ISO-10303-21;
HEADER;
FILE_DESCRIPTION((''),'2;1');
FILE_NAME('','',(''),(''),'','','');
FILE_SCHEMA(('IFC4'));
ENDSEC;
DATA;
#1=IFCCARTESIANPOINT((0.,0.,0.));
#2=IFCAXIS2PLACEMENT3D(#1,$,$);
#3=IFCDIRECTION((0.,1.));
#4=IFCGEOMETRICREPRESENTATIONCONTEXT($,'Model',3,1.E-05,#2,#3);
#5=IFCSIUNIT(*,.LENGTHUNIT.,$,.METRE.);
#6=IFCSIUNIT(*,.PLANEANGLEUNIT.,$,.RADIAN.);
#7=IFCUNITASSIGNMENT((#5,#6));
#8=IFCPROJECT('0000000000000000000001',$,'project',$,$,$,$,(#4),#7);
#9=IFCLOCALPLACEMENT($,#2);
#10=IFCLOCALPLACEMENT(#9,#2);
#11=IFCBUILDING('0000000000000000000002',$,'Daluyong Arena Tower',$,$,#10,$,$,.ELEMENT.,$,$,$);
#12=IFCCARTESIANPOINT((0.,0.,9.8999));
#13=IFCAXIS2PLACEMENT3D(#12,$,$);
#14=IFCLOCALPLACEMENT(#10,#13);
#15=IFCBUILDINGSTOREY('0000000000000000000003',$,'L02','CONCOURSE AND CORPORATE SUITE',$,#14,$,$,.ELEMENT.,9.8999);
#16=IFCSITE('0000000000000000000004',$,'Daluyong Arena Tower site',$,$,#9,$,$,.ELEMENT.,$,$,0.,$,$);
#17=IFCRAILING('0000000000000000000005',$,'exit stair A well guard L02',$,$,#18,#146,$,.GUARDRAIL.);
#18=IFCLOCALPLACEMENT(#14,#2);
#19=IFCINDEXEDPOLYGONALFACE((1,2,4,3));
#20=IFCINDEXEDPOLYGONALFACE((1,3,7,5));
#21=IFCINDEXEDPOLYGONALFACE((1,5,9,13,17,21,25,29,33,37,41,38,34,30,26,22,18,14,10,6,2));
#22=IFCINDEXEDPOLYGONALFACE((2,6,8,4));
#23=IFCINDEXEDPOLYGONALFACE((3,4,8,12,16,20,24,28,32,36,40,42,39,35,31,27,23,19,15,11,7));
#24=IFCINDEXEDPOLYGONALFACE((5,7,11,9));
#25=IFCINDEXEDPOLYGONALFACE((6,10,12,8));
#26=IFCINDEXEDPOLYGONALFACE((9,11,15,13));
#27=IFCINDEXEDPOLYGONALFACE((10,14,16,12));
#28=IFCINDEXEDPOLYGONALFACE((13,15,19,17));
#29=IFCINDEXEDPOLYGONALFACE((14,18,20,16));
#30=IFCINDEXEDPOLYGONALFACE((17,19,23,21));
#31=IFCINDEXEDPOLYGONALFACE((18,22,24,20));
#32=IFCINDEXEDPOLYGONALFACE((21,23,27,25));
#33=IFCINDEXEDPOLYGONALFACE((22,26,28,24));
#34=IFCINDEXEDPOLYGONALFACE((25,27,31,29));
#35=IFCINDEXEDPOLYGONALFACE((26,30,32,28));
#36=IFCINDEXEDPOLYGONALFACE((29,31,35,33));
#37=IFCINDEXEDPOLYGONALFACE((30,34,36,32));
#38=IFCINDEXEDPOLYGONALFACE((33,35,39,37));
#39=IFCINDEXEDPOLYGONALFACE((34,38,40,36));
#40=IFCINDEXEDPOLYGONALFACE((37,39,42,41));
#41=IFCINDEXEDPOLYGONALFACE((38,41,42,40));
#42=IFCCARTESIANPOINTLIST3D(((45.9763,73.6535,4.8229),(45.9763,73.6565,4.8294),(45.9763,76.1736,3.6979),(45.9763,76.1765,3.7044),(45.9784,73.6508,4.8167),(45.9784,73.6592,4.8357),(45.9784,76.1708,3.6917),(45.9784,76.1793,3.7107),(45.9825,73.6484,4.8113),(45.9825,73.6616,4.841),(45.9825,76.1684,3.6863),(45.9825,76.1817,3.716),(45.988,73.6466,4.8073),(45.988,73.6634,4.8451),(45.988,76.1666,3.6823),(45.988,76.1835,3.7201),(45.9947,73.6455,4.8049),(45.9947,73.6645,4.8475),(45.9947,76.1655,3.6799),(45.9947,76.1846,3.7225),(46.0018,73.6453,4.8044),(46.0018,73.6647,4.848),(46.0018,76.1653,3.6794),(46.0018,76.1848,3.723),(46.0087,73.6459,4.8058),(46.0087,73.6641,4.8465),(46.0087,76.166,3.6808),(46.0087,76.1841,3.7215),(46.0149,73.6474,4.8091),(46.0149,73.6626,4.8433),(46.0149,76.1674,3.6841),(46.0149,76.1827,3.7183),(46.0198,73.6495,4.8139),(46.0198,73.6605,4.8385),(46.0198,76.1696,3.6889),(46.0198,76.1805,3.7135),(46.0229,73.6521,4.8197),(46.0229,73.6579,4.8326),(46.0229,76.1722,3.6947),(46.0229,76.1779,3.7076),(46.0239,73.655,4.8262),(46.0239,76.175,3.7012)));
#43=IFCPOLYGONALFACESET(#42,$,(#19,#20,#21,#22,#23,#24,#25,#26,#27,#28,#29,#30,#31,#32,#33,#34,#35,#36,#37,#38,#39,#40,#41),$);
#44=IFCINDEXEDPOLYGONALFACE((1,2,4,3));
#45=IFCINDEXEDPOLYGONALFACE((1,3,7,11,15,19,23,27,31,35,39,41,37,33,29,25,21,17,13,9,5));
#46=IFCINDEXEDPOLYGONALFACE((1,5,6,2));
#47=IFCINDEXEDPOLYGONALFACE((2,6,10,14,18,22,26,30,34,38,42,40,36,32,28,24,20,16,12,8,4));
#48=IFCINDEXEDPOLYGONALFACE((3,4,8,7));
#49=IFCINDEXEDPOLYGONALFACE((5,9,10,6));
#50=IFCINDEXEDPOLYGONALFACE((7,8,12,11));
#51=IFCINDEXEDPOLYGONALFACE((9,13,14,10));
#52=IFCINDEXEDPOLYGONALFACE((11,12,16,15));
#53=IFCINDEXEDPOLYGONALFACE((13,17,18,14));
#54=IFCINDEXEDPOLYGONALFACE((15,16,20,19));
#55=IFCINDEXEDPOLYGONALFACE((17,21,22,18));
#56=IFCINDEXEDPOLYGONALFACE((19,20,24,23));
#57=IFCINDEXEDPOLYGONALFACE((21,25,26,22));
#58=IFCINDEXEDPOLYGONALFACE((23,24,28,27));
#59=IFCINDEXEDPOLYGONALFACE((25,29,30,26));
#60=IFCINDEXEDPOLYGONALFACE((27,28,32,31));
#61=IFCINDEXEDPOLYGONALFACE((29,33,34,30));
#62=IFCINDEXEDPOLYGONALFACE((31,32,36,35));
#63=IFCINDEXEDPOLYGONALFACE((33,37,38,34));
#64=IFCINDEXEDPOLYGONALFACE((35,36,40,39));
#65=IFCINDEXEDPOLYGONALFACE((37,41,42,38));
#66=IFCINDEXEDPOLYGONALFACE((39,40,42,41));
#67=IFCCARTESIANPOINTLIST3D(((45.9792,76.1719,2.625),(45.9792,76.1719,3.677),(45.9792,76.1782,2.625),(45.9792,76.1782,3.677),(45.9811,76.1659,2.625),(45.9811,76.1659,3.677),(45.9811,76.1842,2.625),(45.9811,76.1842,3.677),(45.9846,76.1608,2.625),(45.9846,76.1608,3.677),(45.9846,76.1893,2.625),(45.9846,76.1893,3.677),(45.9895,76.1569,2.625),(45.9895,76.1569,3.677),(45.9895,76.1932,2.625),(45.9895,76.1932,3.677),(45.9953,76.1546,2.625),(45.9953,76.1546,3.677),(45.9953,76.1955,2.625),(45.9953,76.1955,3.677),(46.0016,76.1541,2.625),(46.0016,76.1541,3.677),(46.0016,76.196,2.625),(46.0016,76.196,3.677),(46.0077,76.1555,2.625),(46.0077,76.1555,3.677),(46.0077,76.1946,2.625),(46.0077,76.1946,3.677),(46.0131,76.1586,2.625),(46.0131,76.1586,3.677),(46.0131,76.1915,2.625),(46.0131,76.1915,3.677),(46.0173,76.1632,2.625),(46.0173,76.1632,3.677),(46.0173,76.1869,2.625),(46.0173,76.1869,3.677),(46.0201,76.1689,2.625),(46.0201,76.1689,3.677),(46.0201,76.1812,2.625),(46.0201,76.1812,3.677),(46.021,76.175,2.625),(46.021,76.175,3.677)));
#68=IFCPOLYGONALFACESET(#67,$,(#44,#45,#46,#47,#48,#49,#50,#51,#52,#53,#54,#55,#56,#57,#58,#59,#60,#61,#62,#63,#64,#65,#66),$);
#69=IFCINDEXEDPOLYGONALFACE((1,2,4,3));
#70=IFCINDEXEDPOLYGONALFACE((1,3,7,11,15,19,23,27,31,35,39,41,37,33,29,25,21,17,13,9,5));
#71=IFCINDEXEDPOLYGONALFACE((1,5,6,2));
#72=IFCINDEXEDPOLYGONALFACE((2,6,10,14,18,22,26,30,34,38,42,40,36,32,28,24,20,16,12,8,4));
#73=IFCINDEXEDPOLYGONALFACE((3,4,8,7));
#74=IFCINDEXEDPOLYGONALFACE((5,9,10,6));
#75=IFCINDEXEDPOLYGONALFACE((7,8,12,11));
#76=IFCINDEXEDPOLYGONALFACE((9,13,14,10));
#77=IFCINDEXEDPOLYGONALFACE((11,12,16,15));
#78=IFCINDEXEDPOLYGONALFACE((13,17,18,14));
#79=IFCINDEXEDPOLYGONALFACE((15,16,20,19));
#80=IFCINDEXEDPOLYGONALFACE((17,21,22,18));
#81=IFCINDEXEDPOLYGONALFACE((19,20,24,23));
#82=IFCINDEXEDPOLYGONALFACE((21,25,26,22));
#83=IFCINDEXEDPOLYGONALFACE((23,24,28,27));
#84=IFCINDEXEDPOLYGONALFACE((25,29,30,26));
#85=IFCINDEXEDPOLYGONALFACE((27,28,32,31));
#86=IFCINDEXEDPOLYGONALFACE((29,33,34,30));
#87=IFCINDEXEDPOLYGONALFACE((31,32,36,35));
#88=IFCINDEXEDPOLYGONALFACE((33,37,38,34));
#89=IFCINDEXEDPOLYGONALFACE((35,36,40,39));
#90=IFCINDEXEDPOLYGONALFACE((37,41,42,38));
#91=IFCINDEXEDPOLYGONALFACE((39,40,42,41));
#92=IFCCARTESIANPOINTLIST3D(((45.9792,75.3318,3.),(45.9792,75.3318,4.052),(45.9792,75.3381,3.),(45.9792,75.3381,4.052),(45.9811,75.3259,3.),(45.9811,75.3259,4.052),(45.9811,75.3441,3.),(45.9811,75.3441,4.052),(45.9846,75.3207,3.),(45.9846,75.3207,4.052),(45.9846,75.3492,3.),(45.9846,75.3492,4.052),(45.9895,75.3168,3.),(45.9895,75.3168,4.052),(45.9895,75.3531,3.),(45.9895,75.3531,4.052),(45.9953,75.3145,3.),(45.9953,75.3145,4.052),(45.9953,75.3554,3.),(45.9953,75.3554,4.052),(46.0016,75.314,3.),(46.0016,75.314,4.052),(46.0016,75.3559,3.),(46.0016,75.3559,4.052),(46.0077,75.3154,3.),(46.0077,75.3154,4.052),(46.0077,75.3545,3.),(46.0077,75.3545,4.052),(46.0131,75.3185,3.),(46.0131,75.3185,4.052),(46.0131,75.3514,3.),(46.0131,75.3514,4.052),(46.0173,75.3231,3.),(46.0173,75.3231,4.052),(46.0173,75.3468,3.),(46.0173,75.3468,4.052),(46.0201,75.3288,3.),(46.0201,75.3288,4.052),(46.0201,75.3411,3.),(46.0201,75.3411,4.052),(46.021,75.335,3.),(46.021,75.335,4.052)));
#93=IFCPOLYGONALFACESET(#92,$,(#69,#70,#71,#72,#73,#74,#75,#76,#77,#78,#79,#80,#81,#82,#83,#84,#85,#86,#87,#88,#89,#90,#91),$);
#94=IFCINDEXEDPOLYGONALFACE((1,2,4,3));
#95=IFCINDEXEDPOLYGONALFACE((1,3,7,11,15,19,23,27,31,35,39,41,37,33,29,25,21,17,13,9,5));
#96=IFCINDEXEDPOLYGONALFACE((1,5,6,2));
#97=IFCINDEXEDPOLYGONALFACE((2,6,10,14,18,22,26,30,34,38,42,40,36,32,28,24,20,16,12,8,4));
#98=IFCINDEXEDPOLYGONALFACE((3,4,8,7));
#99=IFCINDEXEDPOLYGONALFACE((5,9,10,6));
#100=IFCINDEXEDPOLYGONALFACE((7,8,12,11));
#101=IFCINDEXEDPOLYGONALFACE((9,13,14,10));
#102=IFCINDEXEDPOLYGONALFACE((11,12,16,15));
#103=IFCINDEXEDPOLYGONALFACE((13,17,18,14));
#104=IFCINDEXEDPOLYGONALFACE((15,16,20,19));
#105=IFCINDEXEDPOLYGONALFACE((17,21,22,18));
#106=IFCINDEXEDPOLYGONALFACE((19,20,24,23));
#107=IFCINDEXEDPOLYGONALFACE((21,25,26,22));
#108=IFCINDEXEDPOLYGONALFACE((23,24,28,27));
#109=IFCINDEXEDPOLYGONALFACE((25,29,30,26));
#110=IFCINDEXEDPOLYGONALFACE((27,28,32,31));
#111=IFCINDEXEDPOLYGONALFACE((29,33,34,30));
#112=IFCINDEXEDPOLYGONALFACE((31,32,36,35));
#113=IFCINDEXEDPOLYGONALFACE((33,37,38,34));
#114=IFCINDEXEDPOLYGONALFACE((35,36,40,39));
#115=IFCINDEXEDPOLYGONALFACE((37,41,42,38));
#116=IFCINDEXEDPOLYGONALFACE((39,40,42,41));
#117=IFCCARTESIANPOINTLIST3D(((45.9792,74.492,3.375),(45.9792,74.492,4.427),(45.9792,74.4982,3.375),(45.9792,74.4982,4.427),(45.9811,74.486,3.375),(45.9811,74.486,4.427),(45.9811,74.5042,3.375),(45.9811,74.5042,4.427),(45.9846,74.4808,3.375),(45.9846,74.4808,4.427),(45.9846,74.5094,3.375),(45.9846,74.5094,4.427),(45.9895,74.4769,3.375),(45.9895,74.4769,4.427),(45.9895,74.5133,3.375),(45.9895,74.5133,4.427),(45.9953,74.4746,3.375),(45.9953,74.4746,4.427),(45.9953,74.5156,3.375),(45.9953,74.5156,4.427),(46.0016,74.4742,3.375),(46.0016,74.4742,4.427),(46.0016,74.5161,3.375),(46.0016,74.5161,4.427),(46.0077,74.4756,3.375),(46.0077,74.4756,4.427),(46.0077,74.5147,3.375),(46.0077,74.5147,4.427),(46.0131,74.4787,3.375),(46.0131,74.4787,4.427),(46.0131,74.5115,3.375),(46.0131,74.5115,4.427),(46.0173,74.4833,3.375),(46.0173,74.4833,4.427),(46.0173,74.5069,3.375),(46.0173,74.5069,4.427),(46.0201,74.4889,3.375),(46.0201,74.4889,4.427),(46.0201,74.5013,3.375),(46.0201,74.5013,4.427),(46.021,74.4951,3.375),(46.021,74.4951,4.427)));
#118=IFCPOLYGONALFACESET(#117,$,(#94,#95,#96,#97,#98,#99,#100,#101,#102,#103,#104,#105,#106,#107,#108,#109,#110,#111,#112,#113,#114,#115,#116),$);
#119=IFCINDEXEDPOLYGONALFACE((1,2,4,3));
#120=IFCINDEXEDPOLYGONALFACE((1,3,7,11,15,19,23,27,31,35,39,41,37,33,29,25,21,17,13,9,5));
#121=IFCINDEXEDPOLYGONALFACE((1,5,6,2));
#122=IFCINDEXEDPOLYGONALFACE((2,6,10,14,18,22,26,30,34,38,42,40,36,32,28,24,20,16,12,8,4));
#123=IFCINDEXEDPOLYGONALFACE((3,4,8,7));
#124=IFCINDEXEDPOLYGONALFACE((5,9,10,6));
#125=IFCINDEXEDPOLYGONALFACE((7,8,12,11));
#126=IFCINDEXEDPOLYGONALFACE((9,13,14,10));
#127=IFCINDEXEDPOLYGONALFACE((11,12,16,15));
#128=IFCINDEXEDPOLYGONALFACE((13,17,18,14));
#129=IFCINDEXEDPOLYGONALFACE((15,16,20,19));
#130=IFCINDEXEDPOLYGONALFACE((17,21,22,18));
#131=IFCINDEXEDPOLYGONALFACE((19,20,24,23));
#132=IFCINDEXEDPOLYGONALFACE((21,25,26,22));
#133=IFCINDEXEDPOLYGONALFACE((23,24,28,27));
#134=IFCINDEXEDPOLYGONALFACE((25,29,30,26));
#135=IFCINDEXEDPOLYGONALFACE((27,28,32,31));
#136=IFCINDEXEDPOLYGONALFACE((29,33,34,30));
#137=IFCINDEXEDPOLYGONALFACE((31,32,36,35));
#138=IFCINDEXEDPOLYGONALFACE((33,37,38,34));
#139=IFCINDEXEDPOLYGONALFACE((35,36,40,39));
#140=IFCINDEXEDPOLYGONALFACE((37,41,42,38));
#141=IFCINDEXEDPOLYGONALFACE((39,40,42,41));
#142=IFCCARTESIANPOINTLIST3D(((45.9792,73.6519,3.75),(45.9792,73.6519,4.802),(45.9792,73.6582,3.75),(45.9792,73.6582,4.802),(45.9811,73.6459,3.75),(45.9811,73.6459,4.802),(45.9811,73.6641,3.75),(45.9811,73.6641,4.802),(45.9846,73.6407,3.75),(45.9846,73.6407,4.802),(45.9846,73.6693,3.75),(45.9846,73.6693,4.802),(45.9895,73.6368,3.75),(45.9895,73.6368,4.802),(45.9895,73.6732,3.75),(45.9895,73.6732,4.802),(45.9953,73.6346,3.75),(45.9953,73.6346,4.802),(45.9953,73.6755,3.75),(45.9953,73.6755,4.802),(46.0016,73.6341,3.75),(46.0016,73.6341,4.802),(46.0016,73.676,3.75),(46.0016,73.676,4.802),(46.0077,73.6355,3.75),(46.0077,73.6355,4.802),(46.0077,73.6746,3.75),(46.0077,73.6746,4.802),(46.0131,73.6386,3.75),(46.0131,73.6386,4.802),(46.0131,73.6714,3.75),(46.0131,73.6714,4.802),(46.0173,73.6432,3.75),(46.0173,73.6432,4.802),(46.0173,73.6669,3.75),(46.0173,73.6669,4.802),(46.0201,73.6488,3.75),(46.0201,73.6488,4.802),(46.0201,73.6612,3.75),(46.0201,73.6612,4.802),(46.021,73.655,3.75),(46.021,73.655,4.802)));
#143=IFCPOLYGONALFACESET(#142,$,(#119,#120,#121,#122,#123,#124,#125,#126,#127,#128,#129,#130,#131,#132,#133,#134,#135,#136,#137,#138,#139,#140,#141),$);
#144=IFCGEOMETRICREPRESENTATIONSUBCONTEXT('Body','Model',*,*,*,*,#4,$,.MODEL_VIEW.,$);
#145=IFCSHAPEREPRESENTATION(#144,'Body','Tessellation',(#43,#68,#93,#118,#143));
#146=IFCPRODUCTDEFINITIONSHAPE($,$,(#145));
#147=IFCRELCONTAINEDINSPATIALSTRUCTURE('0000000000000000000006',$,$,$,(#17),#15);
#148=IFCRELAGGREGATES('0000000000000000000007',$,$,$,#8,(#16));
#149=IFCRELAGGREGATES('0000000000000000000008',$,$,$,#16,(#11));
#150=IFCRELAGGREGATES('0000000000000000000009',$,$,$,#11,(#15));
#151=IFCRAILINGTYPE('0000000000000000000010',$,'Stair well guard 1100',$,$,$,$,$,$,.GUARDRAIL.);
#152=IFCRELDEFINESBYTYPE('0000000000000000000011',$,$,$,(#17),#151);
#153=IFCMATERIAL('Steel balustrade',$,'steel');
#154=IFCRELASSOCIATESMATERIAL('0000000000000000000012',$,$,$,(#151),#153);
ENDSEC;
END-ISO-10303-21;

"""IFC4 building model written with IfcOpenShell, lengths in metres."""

from ifc_helpers import new_model, si_unit, direction, frame, origin, origin_2d, place, context, subcontext, project, spatial, circle, extrude, material, type_object, element, save


model = new_model("IFC4")

# Units and contexts
model_context = context("Model", 3, precision=1e-05, world=origin(), true_north=direction((0.0, 1.0)))
body_context = subcontext(model_context, "Body", "Model", "MODEL_VIEW")
ifc_project = project(units=[si_unit("LENGTHUNIT", "METRE"), si_unit("PLANEANGLEUNIT", "RADIAN")], contexts=[model_context])

# Site, building, storey
site_placement = place(None, origin())
site = spatial("IfcSite", under=ifc_project, at=site_placement, Name="Daluyong Arena Tower site", CompositionType="ELEMENT", RefElevation=0.0)
building_placement = place(site_placement, origin())
building = spatial("IfcBuilding", under=site, at=building_placement, Name="Daluyong Arena Tower", CompositionType="ELEMENT")
storey_placement = place(building_placement, frame((0.0, 0.0, 9.8999)))
storey = spatial("IfcBuildingStorey", under=building, at=storey_placement, Name="L02", Description="CONCOURSE AND CORPORATE SUITE", CompositionType="ELEMENT", Elevation=9.8999)

# Railing
ifc_material_1 = material(Name="Steel balustrade", Category="steel")
railing_type = type_object("IfcRailingType", Name="Stair well guard 1100", PredefinedType="GUARDRAIL", material=ifc_material_1)
for number, where, name in (
    (1, (46.0, 76.175, 2.625), "exit stair A well guard L02"),
):
    element("IfcRailing", number, at=place(storey_placement, frame(where)), inside=storey, type_object=railing_type, Name=name, PredefinedType="GUARDRAIL", context=body_context, shape_type="SweptSolid", body=[
        extrude(circle(Radius=0.0239, at=origin_2d()), frame((0.0, 0.0, 1.0762), z_axis=(0.0, -0.913139, 0.407648), x_axis=(1.0, 0.0, 0.0)), (0.0, 0.0, 1.0), 2.7598),
        extrude(circle(Radius=0.021, at=origin_2d()), origin(), (0.0, 0.0, 1.0), 1.052),
        extrude(circle(Radius=0.021, at=origin_2d()), frame((0.0, -0.8401, 0.375)), (0.0, 0.0, 1.0), 1.052),
        extrude(circle(Radius=0.021, at=origin_2d()), frame((0.0, -1.6799, 0.75)), (0.0, 0.0, 1.0), 1.052),
        extrude(circle(Radius=0.021, at=origin_2d()), frame((0.0, -2.52, 1.125)), (0.0, 0.0, 1.0), 1.052),
    ])

save(model, "model.ifc")
